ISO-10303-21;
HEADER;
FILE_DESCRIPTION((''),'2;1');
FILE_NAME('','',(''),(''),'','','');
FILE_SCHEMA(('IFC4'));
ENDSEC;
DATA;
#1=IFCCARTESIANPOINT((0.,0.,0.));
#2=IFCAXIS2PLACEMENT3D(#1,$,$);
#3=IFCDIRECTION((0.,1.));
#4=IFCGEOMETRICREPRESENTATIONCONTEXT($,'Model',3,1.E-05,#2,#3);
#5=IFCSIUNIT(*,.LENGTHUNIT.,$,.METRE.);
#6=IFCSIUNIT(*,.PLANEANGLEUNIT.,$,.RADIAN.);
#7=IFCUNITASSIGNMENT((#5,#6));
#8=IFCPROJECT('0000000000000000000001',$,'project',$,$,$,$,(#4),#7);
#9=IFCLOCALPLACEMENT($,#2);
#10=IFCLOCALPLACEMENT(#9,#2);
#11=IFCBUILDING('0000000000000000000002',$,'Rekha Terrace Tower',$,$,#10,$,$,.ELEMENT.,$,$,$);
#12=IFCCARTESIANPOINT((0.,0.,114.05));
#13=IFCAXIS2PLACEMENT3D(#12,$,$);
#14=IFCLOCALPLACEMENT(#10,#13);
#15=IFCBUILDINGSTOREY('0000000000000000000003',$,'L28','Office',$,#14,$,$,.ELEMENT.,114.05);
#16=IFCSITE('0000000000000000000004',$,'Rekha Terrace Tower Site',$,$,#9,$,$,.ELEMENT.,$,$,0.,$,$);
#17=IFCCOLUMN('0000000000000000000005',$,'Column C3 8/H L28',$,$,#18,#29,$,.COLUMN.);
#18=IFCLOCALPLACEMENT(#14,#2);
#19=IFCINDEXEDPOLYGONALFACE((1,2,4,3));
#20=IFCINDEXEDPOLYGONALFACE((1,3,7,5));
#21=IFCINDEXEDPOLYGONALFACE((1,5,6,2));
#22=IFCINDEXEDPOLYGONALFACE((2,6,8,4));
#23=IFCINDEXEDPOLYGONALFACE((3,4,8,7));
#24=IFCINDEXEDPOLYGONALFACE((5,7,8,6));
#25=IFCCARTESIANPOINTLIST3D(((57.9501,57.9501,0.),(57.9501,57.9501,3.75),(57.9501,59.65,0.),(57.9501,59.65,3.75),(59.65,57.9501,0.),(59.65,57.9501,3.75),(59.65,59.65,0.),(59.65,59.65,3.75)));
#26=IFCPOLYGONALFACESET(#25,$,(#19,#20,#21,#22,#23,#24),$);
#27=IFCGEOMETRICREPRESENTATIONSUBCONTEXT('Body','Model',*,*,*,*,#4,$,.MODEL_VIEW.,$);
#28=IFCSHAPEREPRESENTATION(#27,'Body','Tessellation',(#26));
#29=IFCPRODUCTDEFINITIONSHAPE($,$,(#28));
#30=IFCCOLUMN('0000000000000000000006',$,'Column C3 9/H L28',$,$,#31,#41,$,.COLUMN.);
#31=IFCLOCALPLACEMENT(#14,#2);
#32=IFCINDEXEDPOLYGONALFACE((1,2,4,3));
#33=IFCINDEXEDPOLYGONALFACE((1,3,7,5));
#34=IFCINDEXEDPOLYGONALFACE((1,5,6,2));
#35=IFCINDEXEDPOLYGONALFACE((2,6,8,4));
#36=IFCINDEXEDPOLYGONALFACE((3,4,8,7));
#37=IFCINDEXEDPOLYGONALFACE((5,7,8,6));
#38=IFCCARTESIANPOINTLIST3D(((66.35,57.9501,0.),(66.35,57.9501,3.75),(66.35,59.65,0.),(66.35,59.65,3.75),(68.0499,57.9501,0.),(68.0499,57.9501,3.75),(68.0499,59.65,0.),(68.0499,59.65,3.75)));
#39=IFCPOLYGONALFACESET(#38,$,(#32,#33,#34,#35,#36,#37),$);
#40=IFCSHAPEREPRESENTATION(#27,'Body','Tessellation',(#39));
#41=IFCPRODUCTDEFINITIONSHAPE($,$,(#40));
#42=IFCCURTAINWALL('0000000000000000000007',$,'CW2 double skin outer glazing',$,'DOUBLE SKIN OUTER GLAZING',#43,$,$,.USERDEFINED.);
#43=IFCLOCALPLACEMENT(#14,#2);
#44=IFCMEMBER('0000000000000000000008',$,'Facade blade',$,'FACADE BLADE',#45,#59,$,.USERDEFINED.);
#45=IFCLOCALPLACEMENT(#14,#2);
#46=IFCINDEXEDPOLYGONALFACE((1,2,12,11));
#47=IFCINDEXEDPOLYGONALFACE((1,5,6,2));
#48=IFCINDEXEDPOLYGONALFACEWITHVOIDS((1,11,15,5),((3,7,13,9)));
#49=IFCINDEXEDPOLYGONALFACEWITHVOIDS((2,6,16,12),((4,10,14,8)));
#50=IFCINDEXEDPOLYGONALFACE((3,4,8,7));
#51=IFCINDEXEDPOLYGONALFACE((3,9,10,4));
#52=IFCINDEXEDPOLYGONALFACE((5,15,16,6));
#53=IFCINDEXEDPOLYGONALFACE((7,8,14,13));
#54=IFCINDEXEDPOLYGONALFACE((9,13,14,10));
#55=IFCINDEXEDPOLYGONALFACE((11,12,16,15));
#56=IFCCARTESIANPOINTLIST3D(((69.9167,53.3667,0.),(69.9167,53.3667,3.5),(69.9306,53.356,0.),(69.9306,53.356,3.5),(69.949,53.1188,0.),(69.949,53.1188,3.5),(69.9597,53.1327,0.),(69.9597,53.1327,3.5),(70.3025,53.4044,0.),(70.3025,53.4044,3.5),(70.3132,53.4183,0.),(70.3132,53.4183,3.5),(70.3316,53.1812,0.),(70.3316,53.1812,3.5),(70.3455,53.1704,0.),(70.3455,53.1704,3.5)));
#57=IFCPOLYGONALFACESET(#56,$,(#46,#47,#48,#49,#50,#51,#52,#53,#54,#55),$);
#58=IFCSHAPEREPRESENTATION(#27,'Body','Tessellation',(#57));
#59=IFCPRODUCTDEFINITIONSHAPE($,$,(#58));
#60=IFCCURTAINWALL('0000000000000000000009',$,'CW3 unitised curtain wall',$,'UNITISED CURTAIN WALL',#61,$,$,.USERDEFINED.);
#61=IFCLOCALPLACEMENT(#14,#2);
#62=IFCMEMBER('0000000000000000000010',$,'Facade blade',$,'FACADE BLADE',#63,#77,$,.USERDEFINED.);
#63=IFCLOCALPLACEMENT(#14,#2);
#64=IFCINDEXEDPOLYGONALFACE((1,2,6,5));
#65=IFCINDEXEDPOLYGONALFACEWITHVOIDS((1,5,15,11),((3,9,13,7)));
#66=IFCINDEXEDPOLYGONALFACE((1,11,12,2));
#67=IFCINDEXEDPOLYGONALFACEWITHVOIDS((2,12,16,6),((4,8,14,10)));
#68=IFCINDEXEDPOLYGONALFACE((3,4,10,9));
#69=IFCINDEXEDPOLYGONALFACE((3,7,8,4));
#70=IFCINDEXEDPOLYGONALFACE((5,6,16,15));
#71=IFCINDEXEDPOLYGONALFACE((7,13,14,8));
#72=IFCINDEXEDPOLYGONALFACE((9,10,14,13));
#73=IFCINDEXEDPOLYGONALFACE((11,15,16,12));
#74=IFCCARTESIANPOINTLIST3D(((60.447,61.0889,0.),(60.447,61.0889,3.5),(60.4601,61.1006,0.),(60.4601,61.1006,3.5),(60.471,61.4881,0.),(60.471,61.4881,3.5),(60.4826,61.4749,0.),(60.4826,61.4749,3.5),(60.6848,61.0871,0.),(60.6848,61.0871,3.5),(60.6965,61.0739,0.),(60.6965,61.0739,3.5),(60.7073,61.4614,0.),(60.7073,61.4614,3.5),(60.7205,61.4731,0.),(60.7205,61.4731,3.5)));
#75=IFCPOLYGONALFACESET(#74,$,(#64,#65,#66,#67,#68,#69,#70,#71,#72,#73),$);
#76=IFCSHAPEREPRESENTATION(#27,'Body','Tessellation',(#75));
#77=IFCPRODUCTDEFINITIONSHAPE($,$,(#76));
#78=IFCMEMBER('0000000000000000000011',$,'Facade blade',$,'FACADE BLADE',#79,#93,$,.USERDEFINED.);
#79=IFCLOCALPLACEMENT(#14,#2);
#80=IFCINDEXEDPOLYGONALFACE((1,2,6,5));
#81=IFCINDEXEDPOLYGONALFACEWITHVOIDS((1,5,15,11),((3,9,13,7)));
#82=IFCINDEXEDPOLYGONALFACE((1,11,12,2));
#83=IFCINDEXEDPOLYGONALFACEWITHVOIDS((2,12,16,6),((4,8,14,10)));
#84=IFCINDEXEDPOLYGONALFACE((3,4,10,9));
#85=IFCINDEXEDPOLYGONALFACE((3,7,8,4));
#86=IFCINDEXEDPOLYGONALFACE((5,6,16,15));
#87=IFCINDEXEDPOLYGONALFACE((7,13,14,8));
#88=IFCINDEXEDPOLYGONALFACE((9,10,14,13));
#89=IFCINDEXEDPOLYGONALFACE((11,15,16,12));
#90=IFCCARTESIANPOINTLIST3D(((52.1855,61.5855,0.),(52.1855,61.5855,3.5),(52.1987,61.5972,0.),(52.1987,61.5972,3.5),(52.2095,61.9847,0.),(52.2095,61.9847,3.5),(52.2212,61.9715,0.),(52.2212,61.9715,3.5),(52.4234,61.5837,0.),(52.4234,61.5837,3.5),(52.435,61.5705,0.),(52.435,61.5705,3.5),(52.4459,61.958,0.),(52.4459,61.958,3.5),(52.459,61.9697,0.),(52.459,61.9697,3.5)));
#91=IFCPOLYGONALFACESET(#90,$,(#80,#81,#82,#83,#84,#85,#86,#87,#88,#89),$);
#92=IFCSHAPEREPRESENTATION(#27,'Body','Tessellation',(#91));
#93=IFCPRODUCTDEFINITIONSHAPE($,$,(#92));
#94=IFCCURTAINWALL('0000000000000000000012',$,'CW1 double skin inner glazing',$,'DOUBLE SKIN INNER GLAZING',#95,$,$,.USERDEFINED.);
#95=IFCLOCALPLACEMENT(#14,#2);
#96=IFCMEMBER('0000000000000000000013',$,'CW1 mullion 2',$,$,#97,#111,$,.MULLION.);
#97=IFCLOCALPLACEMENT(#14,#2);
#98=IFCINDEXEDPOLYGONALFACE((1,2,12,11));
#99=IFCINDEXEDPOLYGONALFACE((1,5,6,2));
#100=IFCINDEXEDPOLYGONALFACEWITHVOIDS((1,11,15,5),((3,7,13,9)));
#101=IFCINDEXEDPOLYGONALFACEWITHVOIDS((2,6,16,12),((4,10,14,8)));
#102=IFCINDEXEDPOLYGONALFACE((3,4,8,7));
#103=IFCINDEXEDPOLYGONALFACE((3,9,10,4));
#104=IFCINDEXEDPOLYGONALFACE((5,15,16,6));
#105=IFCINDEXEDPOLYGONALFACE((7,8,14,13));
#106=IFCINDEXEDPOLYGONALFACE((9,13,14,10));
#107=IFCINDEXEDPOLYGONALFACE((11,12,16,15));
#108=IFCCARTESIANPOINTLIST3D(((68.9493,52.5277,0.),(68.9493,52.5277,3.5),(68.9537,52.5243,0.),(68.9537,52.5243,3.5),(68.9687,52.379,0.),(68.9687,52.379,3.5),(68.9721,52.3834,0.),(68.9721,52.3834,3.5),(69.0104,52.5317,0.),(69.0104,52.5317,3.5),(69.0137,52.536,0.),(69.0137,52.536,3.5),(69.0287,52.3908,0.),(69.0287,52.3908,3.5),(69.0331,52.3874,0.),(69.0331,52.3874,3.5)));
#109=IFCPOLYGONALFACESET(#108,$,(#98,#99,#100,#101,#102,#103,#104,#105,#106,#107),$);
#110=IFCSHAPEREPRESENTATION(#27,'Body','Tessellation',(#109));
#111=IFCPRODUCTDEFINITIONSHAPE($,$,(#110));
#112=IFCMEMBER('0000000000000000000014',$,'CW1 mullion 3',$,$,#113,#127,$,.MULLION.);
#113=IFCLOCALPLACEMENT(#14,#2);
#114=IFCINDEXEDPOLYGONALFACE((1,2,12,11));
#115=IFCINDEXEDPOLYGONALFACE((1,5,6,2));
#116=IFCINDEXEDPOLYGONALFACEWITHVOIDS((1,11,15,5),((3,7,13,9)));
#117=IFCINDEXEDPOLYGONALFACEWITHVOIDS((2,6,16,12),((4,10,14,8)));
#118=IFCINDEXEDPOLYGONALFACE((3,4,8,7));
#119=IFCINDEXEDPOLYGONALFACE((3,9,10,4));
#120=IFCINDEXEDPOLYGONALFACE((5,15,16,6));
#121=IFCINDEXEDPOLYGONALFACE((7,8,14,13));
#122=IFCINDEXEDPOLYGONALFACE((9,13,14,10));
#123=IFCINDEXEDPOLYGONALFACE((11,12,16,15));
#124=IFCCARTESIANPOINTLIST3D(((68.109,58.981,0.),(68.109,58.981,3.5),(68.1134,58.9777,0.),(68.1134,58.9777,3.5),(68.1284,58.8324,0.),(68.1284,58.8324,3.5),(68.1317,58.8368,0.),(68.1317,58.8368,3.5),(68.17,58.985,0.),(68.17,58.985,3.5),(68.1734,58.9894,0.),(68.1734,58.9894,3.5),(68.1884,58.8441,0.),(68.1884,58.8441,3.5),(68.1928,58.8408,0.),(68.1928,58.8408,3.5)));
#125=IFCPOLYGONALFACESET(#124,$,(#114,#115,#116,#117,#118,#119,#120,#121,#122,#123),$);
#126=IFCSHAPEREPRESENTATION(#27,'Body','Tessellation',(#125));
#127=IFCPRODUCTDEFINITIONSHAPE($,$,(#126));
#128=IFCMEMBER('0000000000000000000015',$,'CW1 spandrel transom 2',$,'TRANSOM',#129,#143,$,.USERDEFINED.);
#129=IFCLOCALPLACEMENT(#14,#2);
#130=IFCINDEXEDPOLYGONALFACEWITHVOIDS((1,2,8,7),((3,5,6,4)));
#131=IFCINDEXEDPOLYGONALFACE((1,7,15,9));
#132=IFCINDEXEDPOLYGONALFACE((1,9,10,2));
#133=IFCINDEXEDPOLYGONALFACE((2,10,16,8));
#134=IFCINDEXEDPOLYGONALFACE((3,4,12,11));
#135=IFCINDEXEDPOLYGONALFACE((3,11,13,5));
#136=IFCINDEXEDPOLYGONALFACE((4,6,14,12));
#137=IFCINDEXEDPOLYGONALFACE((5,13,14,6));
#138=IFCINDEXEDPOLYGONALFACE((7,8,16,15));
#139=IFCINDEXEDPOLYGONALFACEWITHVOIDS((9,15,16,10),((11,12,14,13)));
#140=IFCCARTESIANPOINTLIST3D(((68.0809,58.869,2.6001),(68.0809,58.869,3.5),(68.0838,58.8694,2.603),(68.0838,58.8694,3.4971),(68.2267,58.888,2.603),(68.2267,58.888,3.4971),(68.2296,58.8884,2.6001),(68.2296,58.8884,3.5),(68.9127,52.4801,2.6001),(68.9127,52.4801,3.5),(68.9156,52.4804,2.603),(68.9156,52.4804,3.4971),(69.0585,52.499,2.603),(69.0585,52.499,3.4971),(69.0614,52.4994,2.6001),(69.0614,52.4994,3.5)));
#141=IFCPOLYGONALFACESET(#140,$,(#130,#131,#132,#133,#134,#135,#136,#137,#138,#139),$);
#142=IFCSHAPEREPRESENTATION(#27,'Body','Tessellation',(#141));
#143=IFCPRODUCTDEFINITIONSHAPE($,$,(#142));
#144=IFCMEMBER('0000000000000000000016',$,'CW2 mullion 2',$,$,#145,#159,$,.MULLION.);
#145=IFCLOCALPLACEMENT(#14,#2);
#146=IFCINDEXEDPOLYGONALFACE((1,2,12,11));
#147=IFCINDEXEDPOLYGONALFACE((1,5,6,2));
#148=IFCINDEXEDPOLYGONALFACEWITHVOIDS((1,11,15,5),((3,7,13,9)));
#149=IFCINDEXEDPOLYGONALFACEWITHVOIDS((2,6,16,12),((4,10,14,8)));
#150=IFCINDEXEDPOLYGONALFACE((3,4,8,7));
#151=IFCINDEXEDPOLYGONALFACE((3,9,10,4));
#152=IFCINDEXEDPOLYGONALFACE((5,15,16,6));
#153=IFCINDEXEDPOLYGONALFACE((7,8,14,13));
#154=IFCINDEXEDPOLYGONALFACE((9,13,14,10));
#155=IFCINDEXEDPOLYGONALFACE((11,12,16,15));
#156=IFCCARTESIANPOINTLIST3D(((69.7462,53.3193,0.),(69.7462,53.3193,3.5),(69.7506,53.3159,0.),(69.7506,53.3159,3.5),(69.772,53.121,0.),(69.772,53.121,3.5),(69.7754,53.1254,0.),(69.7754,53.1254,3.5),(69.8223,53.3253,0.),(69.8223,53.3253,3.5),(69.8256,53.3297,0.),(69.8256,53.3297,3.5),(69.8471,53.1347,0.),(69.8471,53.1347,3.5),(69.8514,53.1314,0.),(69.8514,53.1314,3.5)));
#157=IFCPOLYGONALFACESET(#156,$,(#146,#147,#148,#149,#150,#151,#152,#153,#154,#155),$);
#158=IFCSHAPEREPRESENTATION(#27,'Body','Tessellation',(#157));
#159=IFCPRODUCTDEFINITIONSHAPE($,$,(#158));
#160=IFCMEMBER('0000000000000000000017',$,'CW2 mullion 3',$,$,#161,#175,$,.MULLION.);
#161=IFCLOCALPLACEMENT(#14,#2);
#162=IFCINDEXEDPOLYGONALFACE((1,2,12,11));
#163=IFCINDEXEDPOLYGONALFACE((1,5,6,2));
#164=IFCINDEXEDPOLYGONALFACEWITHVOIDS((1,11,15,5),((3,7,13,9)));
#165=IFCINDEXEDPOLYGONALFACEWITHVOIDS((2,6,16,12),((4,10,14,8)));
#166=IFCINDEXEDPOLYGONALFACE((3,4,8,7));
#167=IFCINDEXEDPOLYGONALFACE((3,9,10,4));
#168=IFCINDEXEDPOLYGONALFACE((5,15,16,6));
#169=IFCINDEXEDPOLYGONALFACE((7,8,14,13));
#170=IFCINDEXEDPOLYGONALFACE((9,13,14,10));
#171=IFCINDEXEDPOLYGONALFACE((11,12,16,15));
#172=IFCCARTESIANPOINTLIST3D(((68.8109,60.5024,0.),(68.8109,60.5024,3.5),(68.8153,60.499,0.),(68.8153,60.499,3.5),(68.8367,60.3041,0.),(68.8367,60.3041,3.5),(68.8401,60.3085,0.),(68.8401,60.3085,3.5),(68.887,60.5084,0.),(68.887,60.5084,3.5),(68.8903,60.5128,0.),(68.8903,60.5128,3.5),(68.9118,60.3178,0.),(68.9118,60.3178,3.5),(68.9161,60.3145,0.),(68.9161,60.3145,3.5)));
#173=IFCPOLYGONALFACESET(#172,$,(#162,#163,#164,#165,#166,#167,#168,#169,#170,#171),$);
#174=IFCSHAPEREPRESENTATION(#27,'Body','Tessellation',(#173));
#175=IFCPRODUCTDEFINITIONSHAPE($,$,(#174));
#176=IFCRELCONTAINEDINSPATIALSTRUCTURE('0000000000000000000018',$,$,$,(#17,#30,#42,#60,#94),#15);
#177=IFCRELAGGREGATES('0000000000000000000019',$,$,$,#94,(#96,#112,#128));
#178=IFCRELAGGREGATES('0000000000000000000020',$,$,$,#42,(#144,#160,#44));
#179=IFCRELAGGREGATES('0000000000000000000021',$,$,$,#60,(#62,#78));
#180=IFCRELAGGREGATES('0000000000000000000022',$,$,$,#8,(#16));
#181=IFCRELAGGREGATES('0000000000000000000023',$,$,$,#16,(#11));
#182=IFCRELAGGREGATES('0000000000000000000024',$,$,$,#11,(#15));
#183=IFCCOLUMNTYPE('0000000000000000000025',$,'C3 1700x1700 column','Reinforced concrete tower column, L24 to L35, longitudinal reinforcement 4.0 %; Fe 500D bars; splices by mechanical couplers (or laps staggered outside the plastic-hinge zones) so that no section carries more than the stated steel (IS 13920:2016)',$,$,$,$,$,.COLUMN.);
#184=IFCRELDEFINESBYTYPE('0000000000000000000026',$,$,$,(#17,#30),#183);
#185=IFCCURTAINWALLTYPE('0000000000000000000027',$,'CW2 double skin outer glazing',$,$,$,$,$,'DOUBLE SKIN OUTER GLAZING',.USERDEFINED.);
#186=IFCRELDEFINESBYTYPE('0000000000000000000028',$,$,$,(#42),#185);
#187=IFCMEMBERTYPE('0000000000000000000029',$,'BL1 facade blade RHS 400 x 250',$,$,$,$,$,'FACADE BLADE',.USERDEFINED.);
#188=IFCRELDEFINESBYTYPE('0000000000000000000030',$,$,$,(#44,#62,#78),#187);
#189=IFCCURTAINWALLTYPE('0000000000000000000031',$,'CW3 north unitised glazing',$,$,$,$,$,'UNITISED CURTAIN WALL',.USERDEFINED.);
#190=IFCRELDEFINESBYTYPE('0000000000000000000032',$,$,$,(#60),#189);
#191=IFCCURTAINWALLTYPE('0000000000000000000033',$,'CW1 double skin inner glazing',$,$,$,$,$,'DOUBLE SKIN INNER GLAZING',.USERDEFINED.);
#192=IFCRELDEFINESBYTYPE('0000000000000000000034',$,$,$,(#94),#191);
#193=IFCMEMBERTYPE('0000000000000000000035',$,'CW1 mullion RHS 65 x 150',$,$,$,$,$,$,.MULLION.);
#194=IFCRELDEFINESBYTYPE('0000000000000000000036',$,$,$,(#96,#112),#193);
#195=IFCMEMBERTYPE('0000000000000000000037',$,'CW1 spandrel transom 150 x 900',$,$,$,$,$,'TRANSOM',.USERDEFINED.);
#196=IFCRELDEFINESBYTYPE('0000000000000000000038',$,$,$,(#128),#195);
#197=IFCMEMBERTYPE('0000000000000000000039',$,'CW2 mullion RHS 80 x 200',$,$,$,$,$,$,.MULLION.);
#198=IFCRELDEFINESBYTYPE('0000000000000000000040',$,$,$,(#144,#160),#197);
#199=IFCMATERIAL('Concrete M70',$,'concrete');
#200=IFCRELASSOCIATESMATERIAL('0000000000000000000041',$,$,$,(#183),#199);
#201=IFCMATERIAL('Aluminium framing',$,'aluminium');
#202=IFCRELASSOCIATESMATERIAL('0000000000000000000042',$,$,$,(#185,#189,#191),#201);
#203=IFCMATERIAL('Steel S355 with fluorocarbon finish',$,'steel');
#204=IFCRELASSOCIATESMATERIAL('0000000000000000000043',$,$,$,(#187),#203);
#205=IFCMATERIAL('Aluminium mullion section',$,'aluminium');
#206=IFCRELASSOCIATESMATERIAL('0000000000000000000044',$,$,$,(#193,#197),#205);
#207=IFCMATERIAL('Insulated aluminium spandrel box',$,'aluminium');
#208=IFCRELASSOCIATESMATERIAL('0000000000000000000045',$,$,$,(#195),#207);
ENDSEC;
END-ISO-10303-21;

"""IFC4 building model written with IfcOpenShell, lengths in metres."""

from ifc_helpers import new_model, si_unit, direction, frame, origin, origin_2d, place, context, subcontext, project, spatial, rectangle, hollow_rectangle, extrude, material, material_profile, profile_set, type_object, element, aggregate, save


model = new_model("IFC4")

# Units and contexts
model_context = context("Model", 3, precision=1e-05, world=origin(), true_north=direction((0.0, 1.0)))
body_context = subcontext(model_context, "Body", "Model", "MODEL_VIEW")
ifc_project = project(units=[si_unit("LENGTHUNIT", "METRE"), si_unit("PLANEANGLEUNIT", "RADIAN")], contexts=[model_context])

# Site, building, storey
site_placement = place(None, origin())
site = spatial("IfcSite", under=ifc_project, at=site_placement, Name="Rekha Terrace Tower Site", CompositionType="ELEMENT", RefElevation=0.0)
building_placement = place(site_placement, origin())
building = spatial("IfcBuilding", under=site, at=building_placement, Name="Rekha Terrace Tower", CompositionType="ELEMENT")
storey_placement = place(building_placement, frame((0.0, 0.0, 114.05)))
storey = spatial("IfcBuildingStorey", under=building, at=storey_placement, Name="L28", Description="Office", CompositionType="ELEMENT", Elevation=114.05)

# Columns
ifc_material_1 = material(Name="Concrete M70", Category="concrete")
ifc_material_profile_1 = material_profile(ifc_material_1, rectangle(XDim=1.7, YDim=1.7, at=origin_2d()), Name="RC 1700x1700")
ifc_profile_set_1 = profile_set([ifc_material_profile_1], Name="Concrete M70")
column_type = type_object("IfcColumnType", Name="C3 1700x1700 column", Description="Reinforced concrete tower column, L24 to L35, longitudinal reinforcement 4.0 %; Fe 500D bars; splices by mechanical couplers (or laps staggered outside the plastic-hinge zones) so that no section carries more than the stated steel (IS 13920:2016)", PredefinedType="COLUMN", material=ifc_profile_set_1)
for number, where, z_axis, x_axis, name in (
    (1, (58.8, 58.8, 0.0), (0.0, 0.0, 1.0), (1.0, 0.0, 0.0), "Column C3 8/H L28"),
    (2, (67.2, 58.8, 0.0), (0.0, 0.0, 1.0), (1.0, 0.0, 0.0), "Column C3 9/H L28"),
):
    element("IfcColumn", number, at=place(storey_placement, frame(where, z_axis=z_axis, x_axis=x_axis)), inside=storey, type_object=column_type, Name=name, PredefinedType="COLUMN", context=body_context, shape_type="SweptSolid", body=[
        extrude(rectangle(XDim=1.7, YDim=1.7, at=origin_2d()), origin(), (0.0, 0.0, 1.0), 3.75),
    ])

# Curtain wall, member
ifc_material_2 = material(Name="Aluminium framing", Category="aluminium")
curtain_wall_type_1 = type_object("IfcCurtainWallType", Name="CW2 double skin outer glazing", ElementType="DOUBLE SKIN OUTER GLAZING", PredefinedType="USERDEFINED", material=ifc_material_2)
curtain_wall_1_placement = place(storey_placement, origin())
curtain_wall_1 = element("IfcCurtainWall", 3, at=curtain_wall_1_placement, inside=storey, type_object=curtain_wall_type_1, Name="CW2 double skin outer glazing", ObjectType="DOUBLE SKIN OUTER GLAZING", PredefinedType="USERDEFINED")
ifc_material_3 = material(Name="Steel S355 with fluorocarbon finish", Category="steel")
ifc_material_profile_2 = material_profile(ifc_material_3, hollow_rectangle(XDim=0.25, YDim=0.3999, WallThickness=0.0125, at=origin_2d()), Name="RHS400x250x12.5")
ifc_profile_set_2 = profile_set([ifc_material_profile_2], Name="Steel S355 with fluorocarbon finish")
member_type_1 = type_object("IfcMemberType", Name="BL1 facade blade RHS 400 x 250", ElementType="FACADE BLADE", PredefinedType="USERDEFINED", material=ifc_profile_set_2)
member_1_placement = place(storey_placement, frame((70.1311, 53.2686, 0.0), z_axis=(0.0, 0.0, 1.0), x_axis=(-0.129119, 0.991629, 0.0)))
member_1 = element("IfcMember", 4, at=member_1_placement, type_object=member_type_1, Name="Facade blade", ObjectType="FACADE BLADE", PredefinedType="USERDEFINED", context=body_context, shape_type="SweptSolid", body=[
    extrude(hollow_rectangle(XDim=0.25, YDim=0.3999, WallThickness=0.0125, at=origin_2d()), origin(), (0.0, 0.0, 1.0), 3.5),
])

# Curtain walls, members
curtain_wall_type_2 = type_object("IfcCurtainWallType", Name="CW3 north unitised glazing", ElementType="UNITISED CURTAIN WALL", PredefinedType="USERDEFINED", material=ifc_material_2)
curtain_wall_2_placement = place(storey_placement, origin())
curtain_wall_2 = element("IfcCurtainWall", 5, at=curtain_wall_2_placement, inside=storey, type_object=curtain_wall_type_2, Name="CW3 unitised curtain wall", ObjectType="UNITISED CURTAIN WALL", PredefinedType="USERDEFINED")
member_2_placement = place(storey_placement, frame((60.5837, 61.281, 0.0), z_axis=(0.0, 0.0, 1.0), x_axis=(-0.998199, 0.059988, 0.0)))
member_2 = element("IfcMember", 6, at=member_2_placement, type_object=member_type_1, Name="Facade blade", ObjectType="FACADE BLADE", PredefinedType="USERDEFINED", context=body_context, shape_type="SweptSolid", body=[
    extrude(hollow_rectangle(XDim=0.25, YDim=0.3999, WallThickness=0.0125, at=origin_2d()), origin(), (0.0, 0.0, 1.0), 3.5),
])
member_3_placement = place(storey_placement, frame((52.3223, 61.7776, 0.0), z_axis=(0.0, 0.0, 1.0), x_axis=(-0.998199, 0.059988, 0.0)))
member_3 = element("IfcMember", 7, at=member_3_placement, type_object=member_type_1, Name="Facade blade", ObjectType="FACADE BLADE", PredefinedType="USERDEFINED", context=body_context, shape_type="SweptSolid", body=[
    extrude(hollow_rectangle(XDim=0.25, YDim=0.3999, WallThickness=0.0125, at=origin_2d()), origin(), (0.0, 0.0, 1.0), 3.5),
])
curtain_wall_type_3 = type_object("IfcCurtainWallType", Name="CW1 double skin inner glazing", ElementType="DOUBLE SKIN INNER GLAZING", PredefinedType="USERDEFINED", material=ifc_material_2)
curtain_wall_3_placement = place(storey_placement, origin())
curtain_wall_3 = element("IfcCurtainWall", 8, at=curtain_wall_3_placement, inside=storey, type_object=curtain_wall_type_3, Name="CW1 double skin inner glazing", ObjectType="DOUBLE SKIN INNER GLAZING", PredefinedType="USERDEFINED")
ifc_material_4 = material(Name="Aluminium mullion section", Category="aluminium")
ifc_material_profile_3 = material_profile(ifc_material_4, hollow_rectangle(XDim=0.0649, YDim=0.1499, WallThickness=0.0039, at=origin_2d()), Name="AL RHS 65x150")
ifc_profile_set_3 = profile_set([ifc_material_profile_3], Name="Aluminium mullion section")
member_type_2 = type_object("IfcMemberType", Name="CW1 mullion RHS 65 x 150", PredefinedType="MULLION", material=ifc_profile_set_3)
member_4_placement = place(storey_placement, frame((68.9912, 52.4575, 0.0), z_axis=(0.0, 0.0, 1.0), x_axis=(-0.991629, -0.129118, 0.0)))
member_4 = element("IfcMember", 9, at=member_4_placement, type_object=member_type_2, Name="CW1 mullion 2", PredefinedType="MULLION", context=body_context, shape_type="SweptSolid", body=[
    extrude(hollow_rectangle(XDim=0.0649, YDim=0.1499, WallThickness=0.0039, at=origin_2d()), origin(), (0.0, 0.0, 1.0), 3.5),
])
member_5_placement = place(storey_placement, frame((68.1509, 58.9109, 0.0), z_axis=(0.0, 0.0, 1.0), x_axis=(-0.991629, -0.129118, 0.0)))
member_5 = element("IfcMember", 10, at=member_5_placement, type_object=member_type_2, Name="CW1 mullion 3", PredefinedType="MULLION", context=body_context, shape_type="SweptSolid", body=[
    extrude(hollow_rectangle(XDim=0.0649, YDim=0.1499, WallThickness=0.0039, at=origin_2d()), origin(), (0.0, 0.0, 1.0), 3.5),
])
ifc_material_5 = material(Name="Insulated aluminium spandrel box", Category="aluminium")
ifc_material_profile_4 = material_profile(ifc_material_5, hollow_rectangle(XDim=0.1499, YDim=0.8999, WallThickness=0.0029, at=origin_2d()), Name="AL SPANDREL BOX 150x900")
ifc_profile_set_4 = profile_set([ifc_material_profile_4], Name="Insulated aluminium spandrel box")
member_type_3 = type_object("IfcMemberType", Name="CW1 spandrel transom 150 x 900", ElementType="TRANSOM", PredefinedType="USERDEFINED", material=ifc_profile_set_4)
member_6_placement = place(storey_placement, frame((68.9871, 52.4897, 3.05), z_axis=(-0.129103, 0.991631, 0.0), x_axis=(-0.991631, -0.129103, 0.0)))
member_6 = element("IfcMember", 11, at=member_6_placement, type_object=member_type_3, Name="CW1 spandrel transom 2", ObjectType="TRANSOM", PredefinedType="USERDEFINED", context=body_context, shape_type="SweptSolid", body=[
    extrude(hollow_rectangle(XDim=0.1499, YDim=0.8999, WallThickness=0.0029, at=origin_2d()), origin(), (0.0, 0.0, 1.0), 6.4429),
])

# Members
ifc_material_profile_5 = material_profile(ifc_material_4, hollow_rectangle(XDim=0.0801, YDim=0.2, WallThickness=0.0039, at=origin_2d()), Name="AL RHS 80x200")
ifc_profile_set_5 = profile_set([ifc_material_profile_5], Name="Aluminium mullion section")
member_type_4 = type_object("IfcMemberType", Name="CW2 mullion RHS 80 x 200", PredefinedType="MULLION", material=ifc_profile_set_5)
member_7_placement = place(storey_placement, frame((69.7988, 53.2253, 0.0), z_axis=(0.0, 0.0, 1.0), x_axis=(-0.991629, -0.129118, 0.0)))
member_7 = element("IfcMember", 12, at=member_7_placement, type_object=member_type_4, Name="CW2 mullion 2", PredefinedType="MULLION", context=body_context, shape_type="SweptSolid", body=[
    extrude(hollow_rectangle(XDim=0.0801, YDim=0.2, WallThickness=0.0039, at=origin_2d()), origin(), (0.0, 0.0, 1.0), 3.5),
])
member_8_placement = place(storey_placement, frame((68.8635, 60.4084, 0.0), z_axis=(0.0, 0.0, 1.0), x_axis=(-0.991629, -0.129118, 0.0)))
member_8 = element("IfcMember", 13, at=member_8_placement, type_object=member_type_4, Name="CW2 mullion 3", PredefinedType="MULLION", context=body_context, shape_type="SweptSolid", body=[
    extrude(hollow_rectangle(XDim=0.0801, YDim=0.2, WallThickness=0.0039, at=origin_2d()), origin(), (0.0, 0.0, 1.0), 3.5),
])

aggregate(curtain_wall_3, [member_4, member_5, member_6])
aggregate(curtain_wall_1, [member_7, member_8, member_1])
aggregate(curtain_wall_2, [member_2, member_3])

save(model, "model.ifc")
